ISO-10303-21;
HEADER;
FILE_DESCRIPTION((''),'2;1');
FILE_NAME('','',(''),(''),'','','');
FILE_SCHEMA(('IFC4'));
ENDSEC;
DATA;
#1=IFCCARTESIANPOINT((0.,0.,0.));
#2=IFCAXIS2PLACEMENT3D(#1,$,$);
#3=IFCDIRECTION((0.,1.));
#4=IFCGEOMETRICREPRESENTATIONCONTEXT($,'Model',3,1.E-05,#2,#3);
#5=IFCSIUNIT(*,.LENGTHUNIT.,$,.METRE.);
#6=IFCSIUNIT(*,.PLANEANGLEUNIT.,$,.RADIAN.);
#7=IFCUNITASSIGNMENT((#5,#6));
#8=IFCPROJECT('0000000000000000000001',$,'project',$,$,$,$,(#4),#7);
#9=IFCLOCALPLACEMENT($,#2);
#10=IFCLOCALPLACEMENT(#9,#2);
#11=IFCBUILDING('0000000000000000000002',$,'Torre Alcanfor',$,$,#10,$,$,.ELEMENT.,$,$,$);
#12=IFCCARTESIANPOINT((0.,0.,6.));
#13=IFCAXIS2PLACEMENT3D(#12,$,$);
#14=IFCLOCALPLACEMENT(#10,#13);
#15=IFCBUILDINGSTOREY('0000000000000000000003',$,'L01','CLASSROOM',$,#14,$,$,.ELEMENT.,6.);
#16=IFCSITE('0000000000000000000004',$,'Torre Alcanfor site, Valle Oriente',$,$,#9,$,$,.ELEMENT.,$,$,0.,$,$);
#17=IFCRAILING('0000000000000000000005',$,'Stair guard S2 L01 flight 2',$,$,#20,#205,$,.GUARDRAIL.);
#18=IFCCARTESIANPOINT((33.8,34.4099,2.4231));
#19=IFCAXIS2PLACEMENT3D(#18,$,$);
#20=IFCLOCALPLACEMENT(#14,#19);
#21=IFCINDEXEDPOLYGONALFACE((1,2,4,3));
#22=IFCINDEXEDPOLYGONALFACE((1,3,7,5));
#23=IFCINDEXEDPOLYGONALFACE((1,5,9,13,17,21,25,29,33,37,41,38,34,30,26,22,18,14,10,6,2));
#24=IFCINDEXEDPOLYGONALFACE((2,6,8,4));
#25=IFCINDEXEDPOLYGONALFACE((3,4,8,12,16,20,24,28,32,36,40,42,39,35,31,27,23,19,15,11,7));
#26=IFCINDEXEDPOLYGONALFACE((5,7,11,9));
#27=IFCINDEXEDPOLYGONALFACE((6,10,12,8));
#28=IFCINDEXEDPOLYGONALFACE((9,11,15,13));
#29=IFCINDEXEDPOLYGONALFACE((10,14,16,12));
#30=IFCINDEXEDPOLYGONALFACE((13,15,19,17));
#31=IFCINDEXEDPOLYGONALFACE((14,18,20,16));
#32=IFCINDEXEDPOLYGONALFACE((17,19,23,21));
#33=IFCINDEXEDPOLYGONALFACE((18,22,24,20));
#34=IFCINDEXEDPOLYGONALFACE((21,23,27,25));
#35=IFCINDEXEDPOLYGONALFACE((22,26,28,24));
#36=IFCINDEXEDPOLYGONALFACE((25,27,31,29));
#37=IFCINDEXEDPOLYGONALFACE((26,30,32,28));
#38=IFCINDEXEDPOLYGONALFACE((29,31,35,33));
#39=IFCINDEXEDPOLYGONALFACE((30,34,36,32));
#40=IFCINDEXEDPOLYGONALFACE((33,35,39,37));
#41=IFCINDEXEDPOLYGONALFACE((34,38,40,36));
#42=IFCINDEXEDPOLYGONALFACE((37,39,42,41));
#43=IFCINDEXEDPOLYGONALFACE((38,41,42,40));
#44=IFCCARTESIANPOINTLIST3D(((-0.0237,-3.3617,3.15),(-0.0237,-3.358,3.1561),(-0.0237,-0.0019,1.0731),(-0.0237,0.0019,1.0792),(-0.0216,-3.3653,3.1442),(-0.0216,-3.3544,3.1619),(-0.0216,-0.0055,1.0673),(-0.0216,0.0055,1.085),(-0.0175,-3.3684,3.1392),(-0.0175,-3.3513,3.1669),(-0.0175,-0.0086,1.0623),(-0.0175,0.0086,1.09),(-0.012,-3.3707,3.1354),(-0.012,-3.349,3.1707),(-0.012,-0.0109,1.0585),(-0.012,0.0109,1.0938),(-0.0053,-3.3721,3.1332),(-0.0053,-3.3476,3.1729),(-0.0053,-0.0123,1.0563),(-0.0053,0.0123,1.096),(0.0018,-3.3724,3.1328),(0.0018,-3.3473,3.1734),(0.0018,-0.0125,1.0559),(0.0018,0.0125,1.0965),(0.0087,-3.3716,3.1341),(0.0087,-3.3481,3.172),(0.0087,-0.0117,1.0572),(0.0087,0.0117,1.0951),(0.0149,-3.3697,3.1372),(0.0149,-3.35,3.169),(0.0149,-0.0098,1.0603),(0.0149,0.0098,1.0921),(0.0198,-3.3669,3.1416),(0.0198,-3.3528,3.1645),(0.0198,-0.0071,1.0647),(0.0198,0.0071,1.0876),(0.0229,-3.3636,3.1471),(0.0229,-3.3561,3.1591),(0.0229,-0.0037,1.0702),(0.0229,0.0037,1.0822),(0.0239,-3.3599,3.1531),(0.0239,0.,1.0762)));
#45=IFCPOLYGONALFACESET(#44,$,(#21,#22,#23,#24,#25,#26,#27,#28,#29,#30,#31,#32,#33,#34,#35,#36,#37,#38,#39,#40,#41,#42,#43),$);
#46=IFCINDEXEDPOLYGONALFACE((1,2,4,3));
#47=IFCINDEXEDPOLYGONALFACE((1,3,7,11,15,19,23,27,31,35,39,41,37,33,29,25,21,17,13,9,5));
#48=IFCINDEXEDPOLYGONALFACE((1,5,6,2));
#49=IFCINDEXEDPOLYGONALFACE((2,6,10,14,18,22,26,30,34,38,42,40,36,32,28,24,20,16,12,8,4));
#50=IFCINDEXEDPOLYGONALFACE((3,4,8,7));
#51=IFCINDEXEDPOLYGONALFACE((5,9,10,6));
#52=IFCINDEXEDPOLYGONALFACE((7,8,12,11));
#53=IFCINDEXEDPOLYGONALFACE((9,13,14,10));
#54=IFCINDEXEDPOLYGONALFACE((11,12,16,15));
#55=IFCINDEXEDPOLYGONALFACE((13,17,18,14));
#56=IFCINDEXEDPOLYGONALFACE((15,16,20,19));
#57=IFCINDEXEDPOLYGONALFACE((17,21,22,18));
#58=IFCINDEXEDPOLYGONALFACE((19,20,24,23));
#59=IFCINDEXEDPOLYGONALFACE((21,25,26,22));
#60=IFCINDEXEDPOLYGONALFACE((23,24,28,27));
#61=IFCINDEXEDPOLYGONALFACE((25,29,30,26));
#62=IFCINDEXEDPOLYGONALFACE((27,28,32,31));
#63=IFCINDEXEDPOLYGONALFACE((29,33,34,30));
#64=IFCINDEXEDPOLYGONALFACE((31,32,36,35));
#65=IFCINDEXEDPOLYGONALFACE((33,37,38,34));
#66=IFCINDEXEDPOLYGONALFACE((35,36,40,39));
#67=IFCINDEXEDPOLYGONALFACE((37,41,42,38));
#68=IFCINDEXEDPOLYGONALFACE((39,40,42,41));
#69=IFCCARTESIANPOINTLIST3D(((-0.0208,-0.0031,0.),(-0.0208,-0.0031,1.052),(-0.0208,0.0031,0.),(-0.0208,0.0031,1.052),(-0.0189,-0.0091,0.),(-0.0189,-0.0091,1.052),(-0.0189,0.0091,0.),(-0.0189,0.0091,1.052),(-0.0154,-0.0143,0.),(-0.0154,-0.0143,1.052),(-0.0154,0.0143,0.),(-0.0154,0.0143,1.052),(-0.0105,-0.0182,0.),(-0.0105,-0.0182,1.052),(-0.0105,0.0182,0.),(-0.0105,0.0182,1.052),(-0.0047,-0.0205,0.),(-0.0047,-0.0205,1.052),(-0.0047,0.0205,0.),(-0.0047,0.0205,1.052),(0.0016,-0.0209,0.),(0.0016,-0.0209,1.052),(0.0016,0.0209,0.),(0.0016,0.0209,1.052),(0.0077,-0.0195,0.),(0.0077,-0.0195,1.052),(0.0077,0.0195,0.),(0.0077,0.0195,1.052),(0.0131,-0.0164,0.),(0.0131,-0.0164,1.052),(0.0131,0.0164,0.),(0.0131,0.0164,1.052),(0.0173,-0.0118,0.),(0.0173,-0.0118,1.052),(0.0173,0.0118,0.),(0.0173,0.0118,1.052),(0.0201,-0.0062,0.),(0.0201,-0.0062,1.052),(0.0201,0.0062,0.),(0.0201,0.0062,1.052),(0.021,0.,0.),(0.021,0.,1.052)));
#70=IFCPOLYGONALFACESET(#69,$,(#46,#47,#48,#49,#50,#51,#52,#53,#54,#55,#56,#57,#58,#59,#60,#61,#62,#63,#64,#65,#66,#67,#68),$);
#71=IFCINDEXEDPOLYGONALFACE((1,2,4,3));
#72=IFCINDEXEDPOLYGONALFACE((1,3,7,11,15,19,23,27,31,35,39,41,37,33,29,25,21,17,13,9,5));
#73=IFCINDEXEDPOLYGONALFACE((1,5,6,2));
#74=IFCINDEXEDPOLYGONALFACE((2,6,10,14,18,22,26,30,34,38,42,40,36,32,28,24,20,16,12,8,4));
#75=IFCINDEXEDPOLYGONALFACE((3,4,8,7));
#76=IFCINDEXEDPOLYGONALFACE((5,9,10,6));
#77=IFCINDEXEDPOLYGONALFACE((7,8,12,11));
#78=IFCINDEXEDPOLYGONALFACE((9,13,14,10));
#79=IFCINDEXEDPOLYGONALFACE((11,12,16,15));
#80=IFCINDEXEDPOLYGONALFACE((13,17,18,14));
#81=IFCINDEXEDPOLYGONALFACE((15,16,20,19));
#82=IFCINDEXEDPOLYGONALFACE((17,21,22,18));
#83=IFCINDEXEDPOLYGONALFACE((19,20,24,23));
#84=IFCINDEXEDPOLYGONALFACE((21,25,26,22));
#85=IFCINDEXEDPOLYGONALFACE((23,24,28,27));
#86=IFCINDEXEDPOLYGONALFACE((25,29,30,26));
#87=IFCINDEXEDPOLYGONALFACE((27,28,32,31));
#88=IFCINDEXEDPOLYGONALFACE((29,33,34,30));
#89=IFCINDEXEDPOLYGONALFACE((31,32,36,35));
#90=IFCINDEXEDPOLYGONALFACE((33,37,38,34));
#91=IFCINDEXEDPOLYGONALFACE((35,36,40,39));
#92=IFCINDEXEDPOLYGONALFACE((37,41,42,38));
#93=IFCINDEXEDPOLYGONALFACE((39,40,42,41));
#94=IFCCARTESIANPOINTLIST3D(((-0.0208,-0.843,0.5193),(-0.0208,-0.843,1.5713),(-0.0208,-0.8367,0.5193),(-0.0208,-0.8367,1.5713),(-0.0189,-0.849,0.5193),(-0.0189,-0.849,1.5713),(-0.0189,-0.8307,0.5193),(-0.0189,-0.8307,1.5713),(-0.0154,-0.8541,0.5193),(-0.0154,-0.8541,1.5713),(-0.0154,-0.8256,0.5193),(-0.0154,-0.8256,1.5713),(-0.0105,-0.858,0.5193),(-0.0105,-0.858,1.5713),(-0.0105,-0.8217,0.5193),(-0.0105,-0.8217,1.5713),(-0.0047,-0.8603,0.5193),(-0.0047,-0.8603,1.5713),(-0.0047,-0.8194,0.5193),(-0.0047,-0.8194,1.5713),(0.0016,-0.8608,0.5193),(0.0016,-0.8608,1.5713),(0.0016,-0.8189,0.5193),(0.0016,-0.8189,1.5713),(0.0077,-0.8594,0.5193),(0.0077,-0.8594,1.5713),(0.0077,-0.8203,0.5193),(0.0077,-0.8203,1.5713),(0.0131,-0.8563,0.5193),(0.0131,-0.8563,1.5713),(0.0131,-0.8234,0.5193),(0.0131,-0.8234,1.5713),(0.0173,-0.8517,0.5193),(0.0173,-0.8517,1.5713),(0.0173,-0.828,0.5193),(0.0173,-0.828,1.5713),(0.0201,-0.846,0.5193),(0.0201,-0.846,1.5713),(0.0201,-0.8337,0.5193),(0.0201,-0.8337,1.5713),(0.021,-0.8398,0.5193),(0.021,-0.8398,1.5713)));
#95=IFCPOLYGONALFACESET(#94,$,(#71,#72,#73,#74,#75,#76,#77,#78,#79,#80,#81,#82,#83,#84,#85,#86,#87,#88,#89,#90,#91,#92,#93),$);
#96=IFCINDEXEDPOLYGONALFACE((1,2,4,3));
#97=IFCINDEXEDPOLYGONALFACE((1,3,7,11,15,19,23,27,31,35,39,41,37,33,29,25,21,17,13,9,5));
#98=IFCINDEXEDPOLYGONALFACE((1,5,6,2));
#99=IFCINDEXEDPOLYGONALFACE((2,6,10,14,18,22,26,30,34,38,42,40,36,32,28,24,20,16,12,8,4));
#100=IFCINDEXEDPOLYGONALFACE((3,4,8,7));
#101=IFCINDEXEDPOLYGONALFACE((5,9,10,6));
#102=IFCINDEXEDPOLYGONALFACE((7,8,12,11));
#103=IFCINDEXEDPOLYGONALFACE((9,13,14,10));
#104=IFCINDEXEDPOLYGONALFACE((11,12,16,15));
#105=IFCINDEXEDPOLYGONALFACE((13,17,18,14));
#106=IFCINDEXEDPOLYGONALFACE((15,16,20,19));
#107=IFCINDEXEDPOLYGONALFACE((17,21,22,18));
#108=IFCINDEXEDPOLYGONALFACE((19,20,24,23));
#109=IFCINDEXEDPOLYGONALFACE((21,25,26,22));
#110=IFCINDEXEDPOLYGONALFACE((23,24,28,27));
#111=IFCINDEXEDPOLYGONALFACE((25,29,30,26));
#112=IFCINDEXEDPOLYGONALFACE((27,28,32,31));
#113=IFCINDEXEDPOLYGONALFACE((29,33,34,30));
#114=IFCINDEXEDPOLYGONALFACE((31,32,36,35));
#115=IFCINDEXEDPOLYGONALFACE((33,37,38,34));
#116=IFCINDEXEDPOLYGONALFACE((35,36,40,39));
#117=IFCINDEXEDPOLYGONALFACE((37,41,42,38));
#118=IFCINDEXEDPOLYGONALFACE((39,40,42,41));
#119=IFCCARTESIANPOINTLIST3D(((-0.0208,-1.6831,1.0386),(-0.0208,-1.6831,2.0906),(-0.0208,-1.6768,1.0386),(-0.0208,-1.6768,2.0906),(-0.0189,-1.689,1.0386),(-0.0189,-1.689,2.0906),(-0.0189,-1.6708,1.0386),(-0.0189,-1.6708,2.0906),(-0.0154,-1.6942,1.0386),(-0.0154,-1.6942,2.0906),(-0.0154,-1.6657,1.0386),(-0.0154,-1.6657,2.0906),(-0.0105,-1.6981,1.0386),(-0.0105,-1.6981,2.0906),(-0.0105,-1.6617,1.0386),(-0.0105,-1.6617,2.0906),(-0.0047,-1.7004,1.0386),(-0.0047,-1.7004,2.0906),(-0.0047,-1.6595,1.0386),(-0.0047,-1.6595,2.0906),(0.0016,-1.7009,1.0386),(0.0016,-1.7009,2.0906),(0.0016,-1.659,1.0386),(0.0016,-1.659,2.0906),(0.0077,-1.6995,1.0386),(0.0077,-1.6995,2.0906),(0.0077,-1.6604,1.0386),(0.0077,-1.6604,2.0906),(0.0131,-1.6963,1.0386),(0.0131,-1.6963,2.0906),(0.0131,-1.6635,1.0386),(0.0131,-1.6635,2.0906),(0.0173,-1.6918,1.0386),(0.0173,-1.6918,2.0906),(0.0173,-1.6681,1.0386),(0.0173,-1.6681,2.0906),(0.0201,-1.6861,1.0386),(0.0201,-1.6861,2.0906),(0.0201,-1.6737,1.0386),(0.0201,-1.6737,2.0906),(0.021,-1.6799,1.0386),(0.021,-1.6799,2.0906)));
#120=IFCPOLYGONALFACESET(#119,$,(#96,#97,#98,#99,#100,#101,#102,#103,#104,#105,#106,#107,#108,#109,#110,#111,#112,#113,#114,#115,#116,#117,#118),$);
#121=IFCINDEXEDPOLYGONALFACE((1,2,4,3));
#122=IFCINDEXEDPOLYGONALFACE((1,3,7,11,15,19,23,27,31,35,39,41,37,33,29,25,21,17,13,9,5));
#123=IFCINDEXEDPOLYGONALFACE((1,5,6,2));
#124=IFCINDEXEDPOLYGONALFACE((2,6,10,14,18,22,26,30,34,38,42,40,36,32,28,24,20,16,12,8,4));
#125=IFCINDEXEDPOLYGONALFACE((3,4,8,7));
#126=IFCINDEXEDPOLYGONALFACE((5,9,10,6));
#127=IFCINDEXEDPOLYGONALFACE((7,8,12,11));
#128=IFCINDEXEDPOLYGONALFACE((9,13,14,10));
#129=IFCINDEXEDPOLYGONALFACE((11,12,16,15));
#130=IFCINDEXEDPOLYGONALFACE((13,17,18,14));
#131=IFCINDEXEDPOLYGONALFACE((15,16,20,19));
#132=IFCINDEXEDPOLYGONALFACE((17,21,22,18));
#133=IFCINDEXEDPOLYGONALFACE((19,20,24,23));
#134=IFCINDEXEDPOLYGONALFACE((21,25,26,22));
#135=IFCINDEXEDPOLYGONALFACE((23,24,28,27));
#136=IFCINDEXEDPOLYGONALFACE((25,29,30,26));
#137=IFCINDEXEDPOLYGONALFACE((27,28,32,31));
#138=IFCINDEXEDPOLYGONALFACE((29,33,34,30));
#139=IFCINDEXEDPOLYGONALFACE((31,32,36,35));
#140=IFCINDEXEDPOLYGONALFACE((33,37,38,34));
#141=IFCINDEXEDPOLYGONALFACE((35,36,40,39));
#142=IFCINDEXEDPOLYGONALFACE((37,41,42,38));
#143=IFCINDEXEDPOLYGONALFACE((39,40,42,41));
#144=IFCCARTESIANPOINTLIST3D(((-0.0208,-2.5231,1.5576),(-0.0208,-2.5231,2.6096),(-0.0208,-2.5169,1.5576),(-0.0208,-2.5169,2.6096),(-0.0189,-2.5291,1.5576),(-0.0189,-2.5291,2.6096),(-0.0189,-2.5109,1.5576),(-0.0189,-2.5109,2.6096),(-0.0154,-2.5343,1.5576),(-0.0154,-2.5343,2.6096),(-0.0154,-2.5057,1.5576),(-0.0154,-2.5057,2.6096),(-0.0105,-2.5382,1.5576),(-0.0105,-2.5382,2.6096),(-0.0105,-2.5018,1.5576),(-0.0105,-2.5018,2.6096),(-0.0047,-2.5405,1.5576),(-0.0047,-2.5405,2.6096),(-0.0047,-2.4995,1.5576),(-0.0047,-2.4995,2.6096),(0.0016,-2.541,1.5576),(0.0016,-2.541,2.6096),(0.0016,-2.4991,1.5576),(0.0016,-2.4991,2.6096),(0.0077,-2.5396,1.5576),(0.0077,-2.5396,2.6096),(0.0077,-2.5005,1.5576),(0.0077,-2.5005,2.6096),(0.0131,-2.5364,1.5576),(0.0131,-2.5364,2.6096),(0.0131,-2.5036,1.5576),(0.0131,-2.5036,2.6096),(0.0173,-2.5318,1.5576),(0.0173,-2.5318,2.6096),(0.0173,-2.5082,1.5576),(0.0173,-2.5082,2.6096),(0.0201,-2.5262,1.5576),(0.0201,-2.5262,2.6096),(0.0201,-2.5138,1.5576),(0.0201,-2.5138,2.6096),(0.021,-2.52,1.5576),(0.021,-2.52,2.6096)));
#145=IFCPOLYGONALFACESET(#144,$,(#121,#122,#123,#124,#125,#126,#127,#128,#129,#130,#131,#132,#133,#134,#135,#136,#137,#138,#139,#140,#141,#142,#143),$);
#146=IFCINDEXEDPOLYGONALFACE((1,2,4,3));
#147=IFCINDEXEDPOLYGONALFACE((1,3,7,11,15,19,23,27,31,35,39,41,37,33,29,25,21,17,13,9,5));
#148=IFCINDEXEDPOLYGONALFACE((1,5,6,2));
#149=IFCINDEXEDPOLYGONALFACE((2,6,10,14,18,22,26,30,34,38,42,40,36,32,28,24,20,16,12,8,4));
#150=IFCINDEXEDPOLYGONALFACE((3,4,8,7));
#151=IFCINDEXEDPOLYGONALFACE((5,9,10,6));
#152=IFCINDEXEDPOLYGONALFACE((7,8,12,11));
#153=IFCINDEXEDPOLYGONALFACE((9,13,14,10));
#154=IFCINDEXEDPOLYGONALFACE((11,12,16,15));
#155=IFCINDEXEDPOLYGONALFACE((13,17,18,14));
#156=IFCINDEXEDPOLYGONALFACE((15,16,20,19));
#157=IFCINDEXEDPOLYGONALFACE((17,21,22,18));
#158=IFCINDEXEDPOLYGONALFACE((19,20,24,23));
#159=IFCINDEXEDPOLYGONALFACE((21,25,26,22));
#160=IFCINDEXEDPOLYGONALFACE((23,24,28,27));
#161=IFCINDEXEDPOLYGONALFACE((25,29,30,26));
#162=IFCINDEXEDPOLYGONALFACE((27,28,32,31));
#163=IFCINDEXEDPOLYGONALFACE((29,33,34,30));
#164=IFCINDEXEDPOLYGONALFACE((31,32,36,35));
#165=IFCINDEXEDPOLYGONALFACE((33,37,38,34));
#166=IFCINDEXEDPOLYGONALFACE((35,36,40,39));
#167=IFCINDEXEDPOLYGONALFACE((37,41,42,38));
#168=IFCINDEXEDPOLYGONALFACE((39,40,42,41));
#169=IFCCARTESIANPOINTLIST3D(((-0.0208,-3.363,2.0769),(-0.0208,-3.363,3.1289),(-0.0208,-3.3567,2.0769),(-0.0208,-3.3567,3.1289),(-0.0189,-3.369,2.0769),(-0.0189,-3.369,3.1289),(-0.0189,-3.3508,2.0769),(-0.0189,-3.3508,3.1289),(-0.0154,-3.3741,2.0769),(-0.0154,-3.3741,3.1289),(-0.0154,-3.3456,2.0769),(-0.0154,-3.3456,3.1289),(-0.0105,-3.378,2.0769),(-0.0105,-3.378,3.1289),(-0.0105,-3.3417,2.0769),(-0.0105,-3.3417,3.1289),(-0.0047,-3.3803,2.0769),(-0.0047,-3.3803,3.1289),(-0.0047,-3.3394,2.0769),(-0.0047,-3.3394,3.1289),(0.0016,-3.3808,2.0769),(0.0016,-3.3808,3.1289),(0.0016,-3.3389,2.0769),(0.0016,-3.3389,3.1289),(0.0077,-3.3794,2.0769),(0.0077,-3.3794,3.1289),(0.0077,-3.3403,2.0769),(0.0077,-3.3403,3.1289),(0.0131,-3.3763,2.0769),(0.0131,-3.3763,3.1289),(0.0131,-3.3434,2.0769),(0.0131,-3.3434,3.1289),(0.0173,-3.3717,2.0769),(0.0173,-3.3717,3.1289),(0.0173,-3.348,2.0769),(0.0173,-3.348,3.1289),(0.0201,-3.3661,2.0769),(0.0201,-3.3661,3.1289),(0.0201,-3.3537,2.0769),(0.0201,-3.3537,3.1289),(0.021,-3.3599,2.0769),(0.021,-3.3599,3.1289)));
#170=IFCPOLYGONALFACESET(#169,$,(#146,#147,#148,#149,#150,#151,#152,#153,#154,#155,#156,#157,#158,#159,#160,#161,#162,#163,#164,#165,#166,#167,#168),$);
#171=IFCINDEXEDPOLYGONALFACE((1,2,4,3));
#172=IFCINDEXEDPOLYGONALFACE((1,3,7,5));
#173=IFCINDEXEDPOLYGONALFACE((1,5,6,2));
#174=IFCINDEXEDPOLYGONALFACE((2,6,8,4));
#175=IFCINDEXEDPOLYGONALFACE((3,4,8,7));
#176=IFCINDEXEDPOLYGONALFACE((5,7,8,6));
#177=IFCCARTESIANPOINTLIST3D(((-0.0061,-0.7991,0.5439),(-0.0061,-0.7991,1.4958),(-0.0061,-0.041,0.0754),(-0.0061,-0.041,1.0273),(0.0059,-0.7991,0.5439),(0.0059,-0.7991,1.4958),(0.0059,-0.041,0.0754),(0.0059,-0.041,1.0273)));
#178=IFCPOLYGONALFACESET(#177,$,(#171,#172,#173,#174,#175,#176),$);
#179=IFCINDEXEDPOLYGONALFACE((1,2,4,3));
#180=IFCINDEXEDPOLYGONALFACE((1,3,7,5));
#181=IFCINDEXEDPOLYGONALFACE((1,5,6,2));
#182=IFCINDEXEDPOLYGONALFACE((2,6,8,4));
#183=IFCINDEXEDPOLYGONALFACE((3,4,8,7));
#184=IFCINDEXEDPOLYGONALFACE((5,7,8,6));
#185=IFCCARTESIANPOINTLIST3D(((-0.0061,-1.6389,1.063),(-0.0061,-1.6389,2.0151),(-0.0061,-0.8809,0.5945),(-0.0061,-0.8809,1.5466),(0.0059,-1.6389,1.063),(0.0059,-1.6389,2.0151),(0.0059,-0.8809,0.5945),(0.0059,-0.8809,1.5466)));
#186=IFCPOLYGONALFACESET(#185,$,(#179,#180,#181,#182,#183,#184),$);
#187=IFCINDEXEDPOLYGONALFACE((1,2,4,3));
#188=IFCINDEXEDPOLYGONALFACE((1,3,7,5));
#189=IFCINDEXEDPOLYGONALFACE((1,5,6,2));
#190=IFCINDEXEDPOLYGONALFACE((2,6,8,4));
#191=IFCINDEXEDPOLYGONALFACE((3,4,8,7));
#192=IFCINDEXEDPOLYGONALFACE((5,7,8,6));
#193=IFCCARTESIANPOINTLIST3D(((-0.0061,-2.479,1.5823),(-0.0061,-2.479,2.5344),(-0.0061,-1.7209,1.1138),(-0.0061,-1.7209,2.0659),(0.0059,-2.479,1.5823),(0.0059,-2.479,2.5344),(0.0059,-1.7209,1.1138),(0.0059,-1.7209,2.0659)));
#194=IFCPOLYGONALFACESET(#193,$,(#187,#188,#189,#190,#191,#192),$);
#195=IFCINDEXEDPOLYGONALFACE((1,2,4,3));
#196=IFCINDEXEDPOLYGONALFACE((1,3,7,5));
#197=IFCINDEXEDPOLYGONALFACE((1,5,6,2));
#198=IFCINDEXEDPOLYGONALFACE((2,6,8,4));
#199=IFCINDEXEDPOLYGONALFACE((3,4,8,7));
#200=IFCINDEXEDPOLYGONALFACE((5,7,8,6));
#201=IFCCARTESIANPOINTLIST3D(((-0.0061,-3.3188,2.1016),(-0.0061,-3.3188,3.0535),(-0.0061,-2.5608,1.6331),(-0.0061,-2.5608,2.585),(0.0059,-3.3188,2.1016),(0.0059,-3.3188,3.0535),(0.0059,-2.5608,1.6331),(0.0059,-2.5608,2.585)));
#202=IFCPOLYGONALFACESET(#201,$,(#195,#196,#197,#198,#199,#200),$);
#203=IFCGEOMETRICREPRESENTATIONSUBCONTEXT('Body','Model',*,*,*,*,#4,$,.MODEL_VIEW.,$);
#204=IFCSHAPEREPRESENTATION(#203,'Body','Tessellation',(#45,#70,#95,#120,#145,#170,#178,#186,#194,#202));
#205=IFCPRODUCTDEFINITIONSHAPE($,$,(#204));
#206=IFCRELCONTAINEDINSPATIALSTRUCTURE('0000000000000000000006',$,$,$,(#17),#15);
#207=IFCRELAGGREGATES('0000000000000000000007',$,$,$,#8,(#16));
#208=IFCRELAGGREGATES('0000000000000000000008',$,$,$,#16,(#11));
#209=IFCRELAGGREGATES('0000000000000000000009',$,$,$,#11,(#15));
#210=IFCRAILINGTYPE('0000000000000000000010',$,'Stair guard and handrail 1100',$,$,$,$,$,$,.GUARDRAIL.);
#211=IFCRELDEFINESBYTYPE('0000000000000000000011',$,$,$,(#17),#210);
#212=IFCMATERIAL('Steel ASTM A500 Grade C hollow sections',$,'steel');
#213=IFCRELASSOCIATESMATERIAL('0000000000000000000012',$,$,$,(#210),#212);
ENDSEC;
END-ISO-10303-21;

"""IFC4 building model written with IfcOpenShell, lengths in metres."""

from ifc_helpers import new_model, si_unit, direction, frame, origin, origin_2d, place, context, subcontext, project, spatial, polyline, circle, outline, extrude, material, type_object, element, save


model = new_model("IFC4")

# Units and contexts
model_context = context("Model", 3, precision=1e-05, world=origin(), true_north=direction((0.0, 1.0)))
body_context = subcontext(model_context, "Body", "Model", "MODEL_VIEW")
ifc_project = project(units=[si_unit("LENGTHUNIT", "METRE"), si_unit("PLANEANGLEUNIT", "RADIAN")], contexts=[model_context])

# Site, building, storey
site_placement = place(None, origin())
site = spatial("IfcSite", under=ifc_project, at=site_placement, Name="Torre Alcanfor site, Valle Oriente", CompositionType="ELEMENT", RefElevation=0.0)
building_placement = place(site_placement, origin())
building = spatial("IfcBuilding", under=site, at=building_placement, Name="Torre Alcanfor", CompositionType="ELEMENT")
storey_placement = place(building_placement, frame((0.0, 0.0, 6.0)))
storey = spatial("IfcBuildingStorey", under=building, at=storey_placement, Name="L01", Description="CLASSROOM", CompositionType="ELEMENT", Elevation=6.0)

# Railing
ifc_material_1 = material(Name="Steel ASTM A500 Grade C hollow sections", Category="steel")
railing_type_1 = type_object("IfcRailingType", Name="Stair guard and handrail 1100", PredefinedType="GUARDRAIL", material=ifc_material_1)
railing_1_placement = place(storey_placement, frame((33.8, 34.4099, 2.4231)))
element("IfcRailing", 1, at=railing_1_placement, inside=storey, type_object=railing_type_1, Name="Stair guard S2 L01 flight 2", PredefinedType="GUARDRAIL", context=body_context, shape_type="SweptSolid", body=[
    extrude(circle(Radius=0.0239, at=origin_2d()), frame((0.0, 0.0, 1.0762), z_axis=(0.0, -0.850606, 0.525803), x_axis=(1.0, 0.0, 0.0)), (0.0, 0.0, 1.0), 3.95),
    extrude(circle(Radius=0.021, at=origin_2d()), origin(), (0.0, 0.0, 1.0), 1.052),
    extrude(circle(Radius=0.021, at=origin_2d()), frame((0.0, -0.8398, 0.5193)), (0.0, 0.0, 1.0), 1.052),
    extrude(circle(Radius=0.021, at=origin_2d()), frame((0.0, -1.6799, 1.0386)), (0.0, 0.0, 1.0), 1.052),
    extrude(circle(Radius=0.021, at=origin_2d()), frame((0.0, -2.52, 1.5576)), (0.0, 0.0, 1.0), 1.052),
    extrude(circle(Radius=0.021, at=origin_2d()), frame((0.0, -3.3599, 2.0769)), (0.0, 0.0, 1.0), 1.052),
    extrude(outline(polyline([(0.041, 0.0754), (0.7991, 0.5439), (0.7991, 1.4958), (0.041, 1.0273), (0.041, 0.0754)])), frame((0.0059, 0.0, 0.0), z_axis=(-1.0, 0.0, 0.0), x_axis=(0.0, -1.0, 0.0)), (0.0, 0.0, 1.0), 0.012),
    extrude(outline(polyline([(0.8809, 0.5945), (1.6389, 1.063), (1.6389, 2.0151), (0.8809, 1.5466), (0.8809, 0.5945)])), frame((0.0059, 0.0, 0.0), z_axis=(-1.0, 0.0, 0.0), x_axis=(0.0, -1.0, 0.0)), (0.0, 0.0, 1.0), 0.012),
    extrude(outline(polyline([(1.7209, 1.1138), (2.479, 1.5823), (2.479, 2.5344), (1.7209, 2.0659), (1.7209, 1.1138)])), frame((0.0059, 0.0, 0.0), z_axis=(-1.0, 0.0, 0.0), x_axis=(0.0, -1.0, 0.0)), (0.0, 0.0, 1.0), 0.012),
    extrude(outline(polyline([(2.5608, 1.6331), (3.3188, 2.1016), (3.3188, 3.0535), (2.5608, 2.585), (2.5608, 1.6331)])), frame((0.0059, 0.0, 0.0), z_axis=(-1.0, 0.0, 0.0), x_axis=(0.0, -1.0, 0.0)), (0.0, 0.0, 1.0), 0.012),
])

save(model, "model.ifc")
